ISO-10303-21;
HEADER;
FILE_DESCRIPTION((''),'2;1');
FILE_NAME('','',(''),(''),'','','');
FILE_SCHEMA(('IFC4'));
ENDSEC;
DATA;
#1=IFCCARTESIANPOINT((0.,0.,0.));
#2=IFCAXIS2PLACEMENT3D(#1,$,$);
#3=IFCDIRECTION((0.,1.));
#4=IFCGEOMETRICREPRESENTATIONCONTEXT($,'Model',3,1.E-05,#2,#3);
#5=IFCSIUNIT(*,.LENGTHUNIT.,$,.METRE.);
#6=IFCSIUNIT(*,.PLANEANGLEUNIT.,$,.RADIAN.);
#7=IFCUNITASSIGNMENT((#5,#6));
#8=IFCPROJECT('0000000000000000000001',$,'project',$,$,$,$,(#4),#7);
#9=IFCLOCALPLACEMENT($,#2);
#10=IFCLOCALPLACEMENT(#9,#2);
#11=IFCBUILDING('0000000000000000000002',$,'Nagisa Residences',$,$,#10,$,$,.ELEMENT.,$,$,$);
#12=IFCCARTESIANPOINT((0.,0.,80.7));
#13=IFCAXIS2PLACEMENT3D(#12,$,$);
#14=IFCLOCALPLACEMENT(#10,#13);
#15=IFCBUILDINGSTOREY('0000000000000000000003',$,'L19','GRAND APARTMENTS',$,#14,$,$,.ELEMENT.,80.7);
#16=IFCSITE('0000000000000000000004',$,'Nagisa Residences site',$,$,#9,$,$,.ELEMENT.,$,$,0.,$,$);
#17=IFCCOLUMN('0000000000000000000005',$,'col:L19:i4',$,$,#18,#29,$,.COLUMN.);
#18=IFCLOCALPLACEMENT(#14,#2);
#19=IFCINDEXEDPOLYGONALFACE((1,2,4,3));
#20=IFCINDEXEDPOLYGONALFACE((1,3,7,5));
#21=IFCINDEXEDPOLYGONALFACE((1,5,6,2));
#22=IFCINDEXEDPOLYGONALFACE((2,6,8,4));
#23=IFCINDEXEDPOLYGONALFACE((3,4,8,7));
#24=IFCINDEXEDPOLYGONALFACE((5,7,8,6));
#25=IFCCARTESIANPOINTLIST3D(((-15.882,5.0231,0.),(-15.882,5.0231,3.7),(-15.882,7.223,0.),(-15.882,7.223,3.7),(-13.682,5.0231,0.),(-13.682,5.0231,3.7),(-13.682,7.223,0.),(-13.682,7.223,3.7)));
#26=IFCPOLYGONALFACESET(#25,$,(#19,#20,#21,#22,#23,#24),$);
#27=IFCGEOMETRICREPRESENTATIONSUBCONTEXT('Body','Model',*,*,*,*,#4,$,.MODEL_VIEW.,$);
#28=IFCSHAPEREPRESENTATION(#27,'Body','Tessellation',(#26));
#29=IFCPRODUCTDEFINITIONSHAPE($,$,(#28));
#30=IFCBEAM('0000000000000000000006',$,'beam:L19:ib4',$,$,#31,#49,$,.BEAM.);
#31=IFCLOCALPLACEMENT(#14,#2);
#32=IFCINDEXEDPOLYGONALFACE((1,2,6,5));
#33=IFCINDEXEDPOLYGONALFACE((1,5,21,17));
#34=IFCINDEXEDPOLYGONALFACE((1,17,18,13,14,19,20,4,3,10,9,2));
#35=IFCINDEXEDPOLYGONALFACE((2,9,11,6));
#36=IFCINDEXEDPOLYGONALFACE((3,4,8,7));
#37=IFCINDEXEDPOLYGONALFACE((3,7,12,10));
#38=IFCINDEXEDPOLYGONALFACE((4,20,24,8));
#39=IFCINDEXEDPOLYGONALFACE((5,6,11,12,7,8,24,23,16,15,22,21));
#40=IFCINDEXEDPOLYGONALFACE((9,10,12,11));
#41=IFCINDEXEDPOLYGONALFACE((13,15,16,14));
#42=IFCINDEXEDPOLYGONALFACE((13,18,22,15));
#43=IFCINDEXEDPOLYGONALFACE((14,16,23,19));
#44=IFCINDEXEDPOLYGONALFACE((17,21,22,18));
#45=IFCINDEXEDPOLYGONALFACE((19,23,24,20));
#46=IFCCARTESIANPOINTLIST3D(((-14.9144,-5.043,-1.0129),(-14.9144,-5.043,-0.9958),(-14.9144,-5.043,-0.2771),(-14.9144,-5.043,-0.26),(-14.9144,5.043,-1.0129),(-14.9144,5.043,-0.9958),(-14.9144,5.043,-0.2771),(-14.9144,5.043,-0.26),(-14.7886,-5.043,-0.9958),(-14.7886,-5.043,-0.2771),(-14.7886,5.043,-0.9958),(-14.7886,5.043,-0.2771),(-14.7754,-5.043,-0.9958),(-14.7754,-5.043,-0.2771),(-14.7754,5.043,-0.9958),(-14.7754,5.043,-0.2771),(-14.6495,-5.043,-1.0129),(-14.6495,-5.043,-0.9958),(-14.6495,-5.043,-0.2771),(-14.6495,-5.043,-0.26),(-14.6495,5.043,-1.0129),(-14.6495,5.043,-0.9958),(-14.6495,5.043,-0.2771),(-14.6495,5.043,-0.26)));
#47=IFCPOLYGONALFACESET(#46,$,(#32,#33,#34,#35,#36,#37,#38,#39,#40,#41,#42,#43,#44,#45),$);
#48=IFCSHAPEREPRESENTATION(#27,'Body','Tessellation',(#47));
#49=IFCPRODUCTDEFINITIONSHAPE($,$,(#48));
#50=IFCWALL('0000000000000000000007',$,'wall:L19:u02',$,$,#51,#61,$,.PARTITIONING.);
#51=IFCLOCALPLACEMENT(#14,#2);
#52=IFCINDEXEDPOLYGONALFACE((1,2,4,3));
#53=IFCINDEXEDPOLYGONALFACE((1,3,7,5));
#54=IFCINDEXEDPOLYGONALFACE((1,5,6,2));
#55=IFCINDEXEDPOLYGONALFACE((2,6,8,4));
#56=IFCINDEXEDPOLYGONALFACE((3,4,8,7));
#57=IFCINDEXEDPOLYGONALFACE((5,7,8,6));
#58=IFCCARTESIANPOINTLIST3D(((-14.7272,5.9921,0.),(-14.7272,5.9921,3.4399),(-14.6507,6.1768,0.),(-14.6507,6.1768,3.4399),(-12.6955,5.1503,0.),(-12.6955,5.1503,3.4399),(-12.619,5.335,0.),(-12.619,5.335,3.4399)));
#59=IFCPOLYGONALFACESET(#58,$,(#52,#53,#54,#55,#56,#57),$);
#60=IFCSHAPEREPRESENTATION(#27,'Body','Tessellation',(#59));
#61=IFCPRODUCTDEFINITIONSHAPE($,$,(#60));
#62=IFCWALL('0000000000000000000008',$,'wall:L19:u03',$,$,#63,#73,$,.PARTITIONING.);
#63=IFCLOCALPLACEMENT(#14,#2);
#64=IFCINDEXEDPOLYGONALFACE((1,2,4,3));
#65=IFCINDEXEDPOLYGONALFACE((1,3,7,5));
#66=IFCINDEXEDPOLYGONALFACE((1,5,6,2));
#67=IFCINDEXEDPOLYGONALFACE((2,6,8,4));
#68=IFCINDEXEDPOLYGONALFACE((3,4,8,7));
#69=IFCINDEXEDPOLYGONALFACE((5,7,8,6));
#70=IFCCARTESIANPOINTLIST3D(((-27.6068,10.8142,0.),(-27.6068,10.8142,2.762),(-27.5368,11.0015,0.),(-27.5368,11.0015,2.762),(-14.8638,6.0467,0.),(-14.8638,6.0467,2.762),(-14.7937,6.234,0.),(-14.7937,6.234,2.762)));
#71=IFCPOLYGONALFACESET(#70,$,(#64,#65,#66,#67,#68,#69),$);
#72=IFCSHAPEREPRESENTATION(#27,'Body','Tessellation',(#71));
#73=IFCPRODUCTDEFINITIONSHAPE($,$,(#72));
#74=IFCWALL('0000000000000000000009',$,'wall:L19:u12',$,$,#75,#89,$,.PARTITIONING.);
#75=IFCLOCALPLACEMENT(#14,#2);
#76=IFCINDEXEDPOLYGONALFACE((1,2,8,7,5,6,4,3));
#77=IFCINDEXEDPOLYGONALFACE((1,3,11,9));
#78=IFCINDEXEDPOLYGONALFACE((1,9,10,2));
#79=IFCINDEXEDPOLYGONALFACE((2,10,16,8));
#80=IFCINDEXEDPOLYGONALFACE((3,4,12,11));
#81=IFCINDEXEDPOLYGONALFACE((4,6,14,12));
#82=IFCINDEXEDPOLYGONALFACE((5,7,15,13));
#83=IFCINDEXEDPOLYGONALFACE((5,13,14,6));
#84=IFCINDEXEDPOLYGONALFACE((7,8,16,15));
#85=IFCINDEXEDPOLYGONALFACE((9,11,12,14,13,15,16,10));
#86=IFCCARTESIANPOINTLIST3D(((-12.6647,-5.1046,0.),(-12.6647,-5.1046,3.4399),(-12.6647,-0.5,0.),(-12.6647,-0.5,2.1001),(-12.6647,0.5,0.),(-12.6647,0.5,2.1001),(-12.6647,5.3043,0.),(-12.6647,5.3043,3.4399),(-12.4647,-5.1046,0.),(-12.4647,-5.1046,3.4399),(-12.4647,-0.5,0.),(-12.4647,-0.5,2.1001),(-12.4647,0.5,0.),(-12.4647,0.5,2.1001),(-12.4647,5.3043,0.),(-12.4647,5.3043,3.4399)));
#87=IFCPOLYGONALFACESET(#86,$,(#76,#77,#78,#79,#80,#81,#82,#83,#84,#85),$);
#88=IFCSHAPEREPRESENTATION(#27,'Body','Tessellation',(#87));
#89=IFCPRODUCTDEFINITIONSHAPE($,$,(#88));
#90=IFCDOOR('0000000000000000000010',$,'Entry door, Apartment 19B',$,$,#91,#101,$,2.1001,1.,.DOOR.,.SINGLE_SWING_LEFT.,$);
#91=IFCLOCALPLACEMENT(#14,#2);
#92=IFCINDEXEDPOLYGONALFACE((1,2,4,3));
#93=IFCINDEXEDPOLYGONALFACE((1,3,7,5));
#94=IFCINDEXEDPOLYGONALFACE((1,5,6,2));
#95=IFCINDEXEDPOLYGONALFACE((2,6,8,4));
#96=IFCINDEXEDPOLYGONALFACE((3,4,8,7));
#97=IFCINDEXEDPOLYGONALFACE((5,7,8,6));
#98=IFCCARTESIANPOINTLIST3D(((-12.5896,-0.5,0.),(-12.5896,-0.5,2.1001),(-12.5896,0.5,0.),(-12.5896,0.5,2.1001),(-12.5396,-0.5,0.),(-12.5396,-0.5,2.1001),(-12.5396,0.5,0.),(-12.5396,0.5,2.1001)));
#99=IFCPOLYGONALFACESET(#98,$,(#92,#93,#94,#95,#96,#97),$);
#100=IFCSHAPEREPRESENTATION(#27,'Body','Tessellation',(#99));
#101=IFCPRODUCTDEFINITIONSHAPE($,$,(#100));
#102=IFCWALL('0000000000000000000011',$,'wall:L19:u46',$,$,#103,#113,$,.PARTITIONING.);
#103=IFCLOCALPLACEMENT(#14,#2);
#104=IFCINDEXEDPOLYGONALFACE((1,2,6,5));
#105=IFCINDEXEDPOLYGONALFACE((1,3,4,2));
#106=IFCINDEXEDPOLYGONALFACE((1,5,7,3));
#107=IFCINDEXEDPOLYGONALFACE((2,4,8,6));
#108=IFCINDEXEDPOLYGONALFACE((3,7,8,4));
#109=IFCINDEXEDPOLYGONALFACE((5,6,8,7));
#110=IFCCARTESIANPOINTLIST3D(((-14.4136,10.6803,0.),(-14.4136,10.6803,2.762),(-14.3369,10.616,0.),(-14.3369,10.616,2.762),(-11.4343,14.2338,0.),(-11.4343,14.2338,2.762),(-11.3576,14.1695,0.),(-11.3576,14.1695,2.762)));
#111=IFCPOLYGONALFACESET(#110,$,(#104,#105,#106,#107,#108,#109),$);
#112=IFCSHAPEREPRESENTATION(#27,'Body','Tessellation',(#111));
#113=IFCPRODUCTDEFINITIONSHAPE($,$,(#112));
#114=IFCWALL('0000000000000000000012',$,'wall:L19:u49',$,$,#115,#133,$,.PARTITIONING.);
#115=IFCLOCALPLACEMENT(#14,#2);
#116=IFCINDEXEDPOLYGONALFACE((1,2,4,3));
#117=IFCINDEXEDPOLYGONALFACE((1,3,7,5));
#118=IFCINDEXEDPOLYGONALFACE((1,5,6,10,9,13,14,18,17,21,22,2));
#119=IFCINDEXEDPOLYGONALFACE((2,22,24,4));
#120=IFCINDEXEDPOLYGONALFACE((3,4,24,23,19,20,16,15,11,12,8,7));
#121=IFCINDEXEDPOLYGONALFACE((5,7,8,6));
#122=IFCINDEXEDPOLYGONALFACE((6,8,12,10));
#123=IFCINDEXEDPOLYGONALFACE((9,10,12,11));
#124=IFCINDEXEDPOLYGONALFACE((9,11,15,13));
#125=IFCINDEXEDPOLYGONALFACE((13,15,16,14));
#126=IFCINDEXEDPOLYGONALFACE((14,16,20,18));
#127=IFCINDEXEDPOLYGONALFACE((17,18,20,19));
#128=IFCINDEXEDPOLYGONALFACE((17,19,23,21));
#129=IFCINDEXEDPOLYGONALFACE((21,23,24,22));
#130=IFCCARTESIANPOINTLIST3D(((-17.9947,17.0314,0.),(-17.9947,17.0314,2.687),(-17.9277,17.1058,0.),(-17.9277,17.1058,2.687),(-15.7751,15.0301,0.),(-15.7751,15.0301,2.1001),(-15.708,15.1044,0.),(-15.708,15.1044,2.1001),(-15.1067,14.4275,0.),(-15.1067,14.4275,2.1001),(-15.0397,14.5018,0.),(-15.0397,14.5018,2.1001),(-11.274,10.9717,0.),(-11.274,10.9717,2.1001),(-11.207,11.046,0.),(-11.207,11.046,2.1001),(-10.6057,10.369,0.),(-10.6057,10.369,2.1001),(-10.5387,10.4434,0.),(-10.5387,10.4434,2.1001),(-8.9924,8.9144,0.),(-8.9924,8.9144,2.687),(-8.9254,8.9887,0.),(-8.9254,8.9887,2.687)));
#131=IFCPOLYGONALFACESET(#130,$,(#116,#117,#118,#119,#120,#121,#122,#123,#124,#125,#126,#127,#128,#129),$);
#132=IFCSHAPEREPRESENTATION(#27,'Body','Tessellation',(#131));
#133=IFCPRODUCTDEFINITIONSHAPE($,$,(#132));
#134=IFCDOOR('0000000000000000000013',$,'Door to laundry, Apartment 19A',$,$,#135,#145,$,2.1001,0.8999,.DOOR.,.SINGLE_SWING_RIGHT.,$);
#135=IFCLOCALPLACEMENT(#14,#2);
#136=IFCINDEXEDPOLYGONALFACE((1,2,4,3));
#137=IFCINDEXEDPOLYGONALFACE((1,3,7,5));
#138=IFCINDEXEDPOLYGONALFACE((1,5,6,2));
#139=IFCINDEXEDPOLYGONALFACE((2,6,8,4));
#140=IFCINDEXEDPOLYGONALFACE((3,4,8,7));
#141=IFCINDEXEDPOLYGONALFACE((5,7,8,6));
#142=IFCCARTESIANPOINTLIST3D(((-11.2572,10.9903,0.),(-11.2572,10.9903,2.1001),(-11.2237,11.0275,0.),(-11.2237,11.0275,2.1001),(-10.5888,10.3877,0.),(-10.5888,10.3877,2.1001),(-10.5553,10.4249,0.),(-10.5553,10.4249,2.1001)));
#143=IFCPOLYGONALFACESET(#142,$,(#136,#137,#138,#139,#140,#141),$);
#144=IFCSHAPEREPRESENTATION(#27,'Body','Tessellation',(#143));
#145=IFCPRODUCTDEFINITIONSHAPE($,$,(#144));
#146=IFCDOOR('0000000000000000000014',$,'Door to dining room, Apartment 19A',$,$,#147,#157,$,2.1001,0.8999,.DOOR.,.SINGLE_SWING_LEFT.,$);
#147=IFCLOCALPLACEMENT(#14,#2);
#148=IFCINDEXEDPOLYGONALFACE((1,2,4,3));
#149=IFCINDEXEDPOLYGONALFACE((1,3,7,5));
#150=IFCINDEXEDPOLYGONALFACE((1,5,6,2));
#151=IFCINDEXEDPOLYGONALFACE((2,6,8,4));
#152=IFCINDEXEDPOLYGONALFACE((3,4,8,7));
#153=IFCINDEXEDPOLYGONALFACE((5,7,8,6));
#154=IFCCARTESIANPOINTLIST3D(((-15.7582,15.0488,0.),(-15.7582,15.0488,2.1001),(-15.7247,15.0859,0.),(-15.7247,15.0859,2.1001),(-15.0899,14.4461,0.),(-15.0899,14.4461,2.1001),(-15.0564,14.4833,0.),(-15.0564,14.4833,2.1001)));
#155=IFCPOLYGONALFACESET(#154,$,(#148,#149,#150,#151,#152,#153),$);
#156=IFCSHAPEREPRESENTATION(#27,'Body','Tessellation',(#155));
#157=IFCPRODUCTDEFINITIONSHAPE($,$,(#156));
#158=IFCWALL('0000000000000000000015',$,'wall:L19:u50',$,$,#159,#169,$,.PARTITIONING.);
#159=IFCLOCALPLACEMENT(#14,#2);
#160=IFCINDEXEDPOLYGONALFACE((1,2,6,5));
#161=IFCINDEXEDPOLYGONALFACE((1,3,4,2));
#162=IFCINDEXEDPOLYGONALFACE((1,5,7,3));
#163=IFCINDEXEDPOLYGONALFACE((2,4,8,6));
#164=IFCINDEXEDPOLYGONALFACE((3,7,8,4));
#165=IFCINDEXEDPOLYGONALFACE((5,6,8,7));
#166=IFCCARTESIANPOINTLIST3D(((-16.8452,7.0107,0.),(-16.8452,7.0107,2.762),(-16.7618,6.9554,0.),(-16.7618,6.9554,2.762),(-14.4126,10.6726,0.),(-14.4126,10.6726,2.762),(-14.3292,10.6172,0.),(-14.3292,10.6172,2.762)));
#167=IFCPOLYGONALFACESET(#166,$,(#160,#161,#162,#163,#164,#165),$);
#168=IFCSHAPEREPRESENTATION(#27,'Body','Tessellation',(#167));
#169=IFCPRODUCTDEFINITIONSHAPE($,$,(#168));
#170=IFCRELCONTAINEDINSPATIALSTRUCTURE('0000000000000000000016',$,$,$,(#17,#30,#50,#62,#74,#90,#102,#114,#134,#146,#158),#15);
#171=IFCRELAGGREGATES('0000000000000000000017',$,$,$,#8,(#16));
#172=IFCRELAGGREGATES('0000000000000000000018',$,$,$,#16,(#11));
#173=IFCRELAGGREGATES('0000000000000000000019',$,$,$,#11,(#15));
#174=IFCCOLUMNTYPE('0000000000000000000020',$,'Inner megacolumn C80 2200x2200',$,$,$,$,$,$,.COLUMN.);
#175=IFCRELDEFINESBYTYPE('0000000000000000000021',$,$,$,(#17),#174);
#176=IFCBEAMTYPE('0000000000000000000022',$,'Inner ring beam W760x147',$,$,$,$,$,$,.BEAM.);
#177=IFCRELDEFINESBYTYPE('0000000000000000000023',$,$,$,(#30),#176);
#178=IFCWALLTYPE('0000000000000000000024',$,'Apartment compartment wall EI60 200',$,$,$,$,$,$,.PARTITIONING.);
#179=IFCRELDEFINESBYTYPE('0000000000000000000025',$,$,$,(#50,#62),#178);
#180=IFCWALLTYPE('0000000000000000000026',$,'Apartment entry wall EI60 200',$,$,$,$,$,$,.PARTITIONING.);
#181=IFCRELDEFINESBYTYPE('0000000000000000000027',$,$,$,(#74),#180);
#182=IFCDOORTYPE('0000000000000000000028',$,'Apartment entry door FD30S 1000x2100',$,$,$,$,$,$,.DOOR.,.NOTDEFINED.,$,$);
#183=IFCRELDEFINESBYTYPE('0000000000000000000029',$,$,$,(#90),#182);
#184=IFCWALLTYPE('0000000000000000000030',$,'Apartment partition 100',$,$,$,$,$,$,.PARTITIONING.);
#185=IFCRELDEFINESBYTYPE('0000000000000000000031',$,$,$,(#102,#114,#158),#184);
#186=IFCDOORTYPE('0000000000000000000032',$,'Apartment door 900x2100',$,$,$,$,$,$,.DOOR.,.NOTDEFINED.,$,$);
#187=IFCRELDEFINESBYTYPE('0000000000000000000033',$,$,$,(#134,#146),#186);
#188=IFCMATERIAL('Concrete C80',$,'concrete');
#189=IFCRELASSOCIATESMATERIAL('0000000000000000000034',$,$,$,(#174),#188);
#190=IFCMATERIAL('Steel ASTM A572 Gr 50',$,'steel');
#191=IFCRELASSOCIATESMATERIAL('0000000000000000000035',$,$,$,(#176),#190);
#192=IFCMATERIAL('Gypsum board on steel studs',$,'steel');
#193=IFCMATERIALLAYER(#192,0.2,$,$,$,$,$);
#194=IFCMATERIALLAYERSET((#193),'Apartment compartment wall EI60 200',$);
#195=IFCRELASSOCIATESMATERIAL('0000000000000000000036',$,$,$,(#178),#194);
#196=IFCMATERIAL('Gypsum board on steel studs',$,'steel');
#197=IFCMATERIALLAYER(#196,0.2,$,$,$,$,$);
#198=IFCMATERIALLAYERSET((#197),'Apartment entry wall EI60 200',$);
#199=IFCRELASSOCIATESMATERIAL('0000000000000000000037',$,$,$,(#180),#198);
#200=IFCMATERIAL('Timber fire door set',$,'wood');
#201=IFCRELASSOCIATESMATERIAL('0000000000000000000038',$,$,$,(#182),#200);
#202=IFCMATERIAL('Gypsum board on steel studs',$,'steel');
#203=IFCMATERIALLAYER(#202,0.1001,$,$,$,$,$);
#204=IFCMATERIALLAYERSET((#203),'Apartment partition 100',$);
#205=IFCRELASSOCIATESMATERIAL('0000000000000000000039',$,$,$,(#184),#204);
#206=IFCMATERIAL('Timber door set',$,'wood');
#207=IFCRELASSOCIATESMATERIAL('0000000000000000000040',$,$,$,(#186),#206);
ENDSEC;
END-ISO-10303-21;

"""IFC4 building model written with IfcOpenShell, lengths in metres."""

from ifc_helpers import new_model, si_unit, direction, frame, frame_2d, origin, origin_2d, place, context, subcontext, project, spatial, rectangle, i_section, extrude, material, layer, layer_set, material_profile, profile_set, type_object, element, fill, save


model = new_model("IFC4")

# Units and contexts
model_context = context("Model", 3, precision=1e-05, world=origin(), true_north=direction((0.0, 1.0)))
body_context = subcontext(model_context, "Body", "Model", "MODEL_VIEW")
ifc_project = project(units=[si_unit("LENGTHUNIT", "METRE"), si_unit("PLANEANGLEUNIT", "RADIAN")], contexts=[model_context])

# Site, building, storey
site_placement = place(None, origin())
site = spatial("IfcSite", under=ifc_project, at=site_placement, Name="Nagisa Residences site", CompositionType="ELEMENT", RefElevation=0.0)
building_placement = place(site_placement, origin())
building = spatial("IfcBuilding", under=site, at=building_placement, Name="Nagisa Residences", CompositionType="ELEMENT")
storey_placement = place(building_placement, frame((0.0, 0.0, 80.7)))
storey = spatial("IfcBuildingStorey", under=building, at=storey_placement, Name="L19", Description="GRAND APARTMENTS", CompositionType="ELEMENT", Elevation=80.7)

# Column
ifc_material_1 = material(Name="Concrete C80", Category="concrete")
ifc_material_profile_1 = material_profile(ifc_material_1, rectangle(XDim=2.2, YDim=2.2, at=origin_2d()), Name="C80 2200x2200")
ifc_profile_set_1 = profile_set([ifc_material_profile_1], Name="Concrete C80")
column_type = type_object("IfcColumnType", Name="Inner megacolumn C80 2200x2200", PredefinedType="COLUMN", material=ifc_profile_set_1)
column_placement = place(storey_placement, frame((-14.782, 6.123, 0.0), z_axis=(0.0, 0.0, 1.0), x_axis=(1.0, 0.0, 0.0)))
element("IfcColumn", 1, at=column_placement, inside=storey, type_object=column_type, Name="col:L19:i4", PredefinedType="COLUMN", context=body_context, shape_type="SweptSolid", body=[
    extrude(rectangle(XDim=2.2, YDim=2.2, at=origin_2d()), origin(), (0.0, 0.0, 1.0), 3.7),
])

# Beam
ifc_material_2 = material(Name="Steel ASTM A572 Gr 50", Category="steel")
ifc_material_profile_2 = material_profile(ifc_material_2, i_section(OverallWidth=0.2649, OverallDepth=0.7529, WebThickness=0.0132, FlangeThickness=0.0171, at=origin_2d()), Name="W760x147")
ifc_profile_set_2 = profile_set([ifc_material_profile_2], Name="Steel ASTM A572 Gr 50")
beam_type = type_object("IfcBeamType", Name="Inner ring beam W760x147", PredefinedType="BEAM", material=ifc_profile_set_2)
beam_placement = place(storey_placement, frame((-14.782, 5.043, -0.6365), z_axis=(0.0, -1.0, 0.0), x_axis=(1.0, 0.0, 0.0)))
element("IfcBeam", 2, at=beam_placement, inside=storey, type_object=beam_type, Name="beam:L19:ib4", PredefinedType="BEAM", context=body_context, shape_type="SweptSolid", body=[
    extrude(i_section(OverallWidth=0.2649, OverallDepth=0.7529, WebThickness=0.0132, FlangeThickness=0.0171, at=origin_2d()), origin(), (0.0, 0.0, 1.0), 10.0859),
])

# Walls
ifc_material_3 = material(Name="Gypsum board on steel studs", Category="steel")
ifc_layer_1 = layer(ifc_material_3, 0.2)
ifc_layer_set_1 = layer_set([ifc_layer_1], Name="Apartment compartment wall EI60 200")
wall_type_1 = type_object("IfcWallType", Name="Apartment compartment wall EI60 200", PredefinedType="PARTITIONING", material=ifc_layer_set_1)
wall_1_placement = place(storey_placement, frame((-12.6572, 5.2427, 0.0), z_axis=(0.0, 0.0, 1.0), x_axis=(-0.923844, 0.38277, 0.0)))
element("IfcWall", 3, at=wall_1_placement, inside=storey, type_object=wall_type_1, Name="wall:L19:u02", PredefinedType="PARTITIONING", context=body_context, shape_type="SweptSolid", body=[
    extrude(rectangle(XDim=2.1992, YDim=0.2, at=frame_2d((1.0996, 0.0))), origin(), (0.0, 0.0, 1.0), 3.4399),
])
wall_2_placement = place(storey_placement, frame((-14.8289, 6.1404, 0.0), z_axis=(0.0, 0.0, 1.0), x_axis=(-0.936597, 0.350408, 0.0)))
element("IfcWall", 4, at=wall_2_placement, inside=storey, type_object=wall_type_1, Name="wall:L19:u03", PredefinedType="PARTITIONING", context=body_context, shape_type="SweptSolid", body=[
    extrude(rectangle(XDim=13.6057, YDim=0.2, at=frame_2d((6.8027, 0.0))), origin(), (0.0, 0.0, 1.0), 2.762),
])

# Wall, opening, door
ifc_material_4 = material(Name="Gypsum board on steel studs", Category="steel")
ifc_layer_2 = layer(ifc_material_4, 0.2)
ifc_layer_set_2 = layer_set([ifc_layer_2], Name="Apartment entry wall EI60 200")
wall_type_2 = type_object("IfcWallType", Name="Apartment entry wall EI60 200", PredefinedType="PARTITIONING", material=ifc_layer_set_2)
wall_3_placement = place(storey_placement, frame((-12.5647, 5.3044, 0.0), z_axis=(0.0, 0.0, 1.0), x_axis=(0.0, -1.0, 0.0)))
wall_3 = element("IfcWall", 5, at=wall_3_placement, inside=storey, type_object=wall_type_2, Name="wall:L19:u12", PredefinedType="PARTITIONING", context=body_context, shape_type="SweptSolid", body=[
    extrude(rectangle(XDim=10.4089, YDim=0.2, at=frame_2d((5.2046, 0.0))), origin(), (0.0, 0.0, 1.0), 3.4399),
])
opening_1_placement = place(wall_3_placement, frame((4.8044, 0.0, 0.0)))
opening_1 = element("IfcOpeningElement", 6, at=opening_1_placement, cuts=wall_3, PredefinedType="OPENING", context=body_context, shape_type="SweptSolid", body=[
    extrude(rectangle(XDim=1.0, YDim=2.1001, at=frame_2d((0.5, 1.05))), frame((0.0, 0.1099, 0.0), z_axis=(0.0, -1.0, 0.0), x_axis=(1.0, 0.0, 0.0)), (0.0, 0.0, 1.0), 0.22),
])
ifc_material_5 = material(Name="Timber fire door set", Category="wood")
door_type_1 = type_object("IfcDoorType", Name="Apartment entry door FD30S 1000x2100", OperationType="NOTDEFINED", PredefinedType="DOOR", material=ifc_material_5)
door_1_placement = place(opening_1_placement, frame((1.0, 0.0, 0.0), x_axis=(-1.0, 0.0, 0.0)))
door_1 = element("IfcDoor", 7, at=door_1_placement, inside=storey, type_object=door_type_1, Name="Entry door, Apartment 19B", OperationType="SINGLE_SWING_LEFT", OverallHeight=2.1001, OverallWidth=1.0, PredefinedType="DOOR", context=body_context, shape_type="SweptSolid", body=[
    extrude(rectangle(XDim=1.0, YDim=2.1001, at=frame_2d((0.5, 1.05))), frame((0.0, 0.0249, 0.0), z_axis=(0.0, -1.0, 0.0), x_axis=(1.0, 0.0, 0.0)), (0.0, 0.0, 1.0), 0.05),
])
fill(opening_1, door_1)

# Wall
ifc_material_6 = material(Name="Gypsum board on steel studs", Category="steel")
ifc_layer_3 = layer(ifc_material_6, 0.1001)
ifc_layer_set_3 = layer_set([ifc_layer_3], Name="Apartment partition 100")
wall_type_3 = type_object("IfcWallType", Name="Apartment partition 100", PredefinedType="PARTITIONING", material=ifc_layer_set_3)
wall_4_placement = place(storey_placement, frame((-11.396, 14.2017, 0.0), z_axis=(0.0, 0.0, 1.0), x_axis=(-0.642476, -0.766306, 0.0)))
element("IfcWall", 8, at=wall_4_placement, inside=storey, type_object=wall_type_3, Name="wall:L19:u46", PredefinedType="PARTITIONING", context=body_context, shape_type="SweptSolid", body=[
    extrude(rectangle(XDim=4.6372, YDim=0.1001, at=frame_2d((2.3186, 0.0))), origin(), (0.0, 0.0, 1.0), 2.762),
])

# Wall, openings, doors
wall_5_placement = place(storey_placement, frame((-8.959, 8.9517, 0.0), z_axis=(0.0, 0.0, 1.0), x_axis=(-0.74268, 0.669647, 0.0)))
wall_5 = element("IfcWall", 9, at=wall_5_placement, inside=storey, type_object=wall_type_3, Name="wall:L19:u49", PredefinedType="PARTITIONING", context=body_context, shape_type="SweptSolid", body=[
    extrude(rectangle(XDim=12.1213, YDim=0.1001, at=frame_2d((6.0605, 0.0))), origin(), (0.0, 0.0, 1.0), 2.687),
])
opening_2_placement = place(wall_5_placement, frame((2.1721, 0.0, 0.0)))
opening_2 = element("IfcOpeningElement", 10, at=opening_2_placement, cuts=wall_5, PredefinedType="OPENING", context=body_context, shape_type="SweptSolid", body=[
    extrude(rectangle(XDim=0.8999, YDim=2.1001, at=frame_2d((0.45, 1.05))), frame((0.0, 0.0601, 0.0), z_axis=(0.0, -1.0, 0.0), x_axis=(1.0, 0.0, 0.0)), (0.0, 0.0, 1.0), 0.1201),
])
opening_3_placement = place(wall_5_placement, frame((8.2327, 0.0, 0.0)))
opening_3 = element("IfcOpeningElement", 11, at=opening_3_placement, cuts=wall_5, PredefinedType="OPENING", context=body_context, shape_type="SweptSolid", body=[
    extrude(rectangle(XDim=0.8999, YDim=2.1001, at=frame_2d((0.45, 1.05))), frame((0.0, 0.0601, 0.0), z_axis=(0.0, -1.0, 0.0), x_axis=(1.0, 0.0, 0.0)), (0.0, 0.0, 1.0), 0.1201),
])
ifc_material_7 = material(Name="Timber door set", Category="wood")
door_type_2 = type_object("IfcDoorType", Name="Apartment door 900x2100", OperationType="NOTDEFINED", PredefinedType="DOOR", material=ifc_material_7)
door_2_placement = place(opening_2_placement, origin())
door_2 = element("IfcDoor", 12, at=door_2_placement, inside=storey, type_object=door_type_2, Name="Door to laundry, Apartment 19A", OperationType="SINGLE_SWING_RIGHT", OverallHeight=2.1001, OverallWidth=0.8999, PredefinedType="DOOR", context=body_context, shape_type="SweptSolid", body=[
    extrude(rectangle(XDim=0.8999, YDim=2.1001, at=frame_2d((0.45, 1.05))), frame((0.0, 0.0249, 0.0), z_axis=(0.0, -1.0, 0.0), x_axis=(1.0, 0.0, 0.0)), (0.0, 0.0, 1.0), 0.05),
])
fill(opening_2, door_2)
door_3_placement = place(opening_3_placement, origin())
door_3 = element("IfcDoor", 13, at=door_3_placement, inside=storey, type_object=door_type_2, Name="Door to dining room, Apartment 19A", OperationType="SINGLE_SWING_LEFT", OverallHeight=2.1001, OverallWidth=0.8999, PredefinedType="DOOR", context=body_context, shape_type="SweptSolid", body=[
    extrude(rectangle(XDim=0.8999, YDim=2.1001, at=frame_2d((0.45, 1.05))), frame((0.0, 0.0249, 0.0), z_axis=(0.0, -1.0, 0.0), x_axis=(1.0, 0.0, 0.0)), (0.0, 0.0, 1.0), 0.05),
])
fill(opening_3, door_3)

# Wall
wall_6_placement = place(storey_placement, frame((-14.3708, 10.645, 0.0), z_axis=(0.0, 0.0, 1.0), x_axis=(-0.553341, -0.832955, 0.0)))
element("IfcWall", 14, at=wall_6_placement, inside=storey, type_object=wall_type_3, Name="wall:L19:u50", PredefinedType="PARTITIONING", context=body_context, shape_type="SweptSolid", body=[
    extrude(rectangle(XDim=4.3962, YDim=0.1001, at=frame_2d((2.1982, 0.0))), origin(), (0.0, 0.0, 1.0), 2.762),
])

save(model, "model.ifc")
